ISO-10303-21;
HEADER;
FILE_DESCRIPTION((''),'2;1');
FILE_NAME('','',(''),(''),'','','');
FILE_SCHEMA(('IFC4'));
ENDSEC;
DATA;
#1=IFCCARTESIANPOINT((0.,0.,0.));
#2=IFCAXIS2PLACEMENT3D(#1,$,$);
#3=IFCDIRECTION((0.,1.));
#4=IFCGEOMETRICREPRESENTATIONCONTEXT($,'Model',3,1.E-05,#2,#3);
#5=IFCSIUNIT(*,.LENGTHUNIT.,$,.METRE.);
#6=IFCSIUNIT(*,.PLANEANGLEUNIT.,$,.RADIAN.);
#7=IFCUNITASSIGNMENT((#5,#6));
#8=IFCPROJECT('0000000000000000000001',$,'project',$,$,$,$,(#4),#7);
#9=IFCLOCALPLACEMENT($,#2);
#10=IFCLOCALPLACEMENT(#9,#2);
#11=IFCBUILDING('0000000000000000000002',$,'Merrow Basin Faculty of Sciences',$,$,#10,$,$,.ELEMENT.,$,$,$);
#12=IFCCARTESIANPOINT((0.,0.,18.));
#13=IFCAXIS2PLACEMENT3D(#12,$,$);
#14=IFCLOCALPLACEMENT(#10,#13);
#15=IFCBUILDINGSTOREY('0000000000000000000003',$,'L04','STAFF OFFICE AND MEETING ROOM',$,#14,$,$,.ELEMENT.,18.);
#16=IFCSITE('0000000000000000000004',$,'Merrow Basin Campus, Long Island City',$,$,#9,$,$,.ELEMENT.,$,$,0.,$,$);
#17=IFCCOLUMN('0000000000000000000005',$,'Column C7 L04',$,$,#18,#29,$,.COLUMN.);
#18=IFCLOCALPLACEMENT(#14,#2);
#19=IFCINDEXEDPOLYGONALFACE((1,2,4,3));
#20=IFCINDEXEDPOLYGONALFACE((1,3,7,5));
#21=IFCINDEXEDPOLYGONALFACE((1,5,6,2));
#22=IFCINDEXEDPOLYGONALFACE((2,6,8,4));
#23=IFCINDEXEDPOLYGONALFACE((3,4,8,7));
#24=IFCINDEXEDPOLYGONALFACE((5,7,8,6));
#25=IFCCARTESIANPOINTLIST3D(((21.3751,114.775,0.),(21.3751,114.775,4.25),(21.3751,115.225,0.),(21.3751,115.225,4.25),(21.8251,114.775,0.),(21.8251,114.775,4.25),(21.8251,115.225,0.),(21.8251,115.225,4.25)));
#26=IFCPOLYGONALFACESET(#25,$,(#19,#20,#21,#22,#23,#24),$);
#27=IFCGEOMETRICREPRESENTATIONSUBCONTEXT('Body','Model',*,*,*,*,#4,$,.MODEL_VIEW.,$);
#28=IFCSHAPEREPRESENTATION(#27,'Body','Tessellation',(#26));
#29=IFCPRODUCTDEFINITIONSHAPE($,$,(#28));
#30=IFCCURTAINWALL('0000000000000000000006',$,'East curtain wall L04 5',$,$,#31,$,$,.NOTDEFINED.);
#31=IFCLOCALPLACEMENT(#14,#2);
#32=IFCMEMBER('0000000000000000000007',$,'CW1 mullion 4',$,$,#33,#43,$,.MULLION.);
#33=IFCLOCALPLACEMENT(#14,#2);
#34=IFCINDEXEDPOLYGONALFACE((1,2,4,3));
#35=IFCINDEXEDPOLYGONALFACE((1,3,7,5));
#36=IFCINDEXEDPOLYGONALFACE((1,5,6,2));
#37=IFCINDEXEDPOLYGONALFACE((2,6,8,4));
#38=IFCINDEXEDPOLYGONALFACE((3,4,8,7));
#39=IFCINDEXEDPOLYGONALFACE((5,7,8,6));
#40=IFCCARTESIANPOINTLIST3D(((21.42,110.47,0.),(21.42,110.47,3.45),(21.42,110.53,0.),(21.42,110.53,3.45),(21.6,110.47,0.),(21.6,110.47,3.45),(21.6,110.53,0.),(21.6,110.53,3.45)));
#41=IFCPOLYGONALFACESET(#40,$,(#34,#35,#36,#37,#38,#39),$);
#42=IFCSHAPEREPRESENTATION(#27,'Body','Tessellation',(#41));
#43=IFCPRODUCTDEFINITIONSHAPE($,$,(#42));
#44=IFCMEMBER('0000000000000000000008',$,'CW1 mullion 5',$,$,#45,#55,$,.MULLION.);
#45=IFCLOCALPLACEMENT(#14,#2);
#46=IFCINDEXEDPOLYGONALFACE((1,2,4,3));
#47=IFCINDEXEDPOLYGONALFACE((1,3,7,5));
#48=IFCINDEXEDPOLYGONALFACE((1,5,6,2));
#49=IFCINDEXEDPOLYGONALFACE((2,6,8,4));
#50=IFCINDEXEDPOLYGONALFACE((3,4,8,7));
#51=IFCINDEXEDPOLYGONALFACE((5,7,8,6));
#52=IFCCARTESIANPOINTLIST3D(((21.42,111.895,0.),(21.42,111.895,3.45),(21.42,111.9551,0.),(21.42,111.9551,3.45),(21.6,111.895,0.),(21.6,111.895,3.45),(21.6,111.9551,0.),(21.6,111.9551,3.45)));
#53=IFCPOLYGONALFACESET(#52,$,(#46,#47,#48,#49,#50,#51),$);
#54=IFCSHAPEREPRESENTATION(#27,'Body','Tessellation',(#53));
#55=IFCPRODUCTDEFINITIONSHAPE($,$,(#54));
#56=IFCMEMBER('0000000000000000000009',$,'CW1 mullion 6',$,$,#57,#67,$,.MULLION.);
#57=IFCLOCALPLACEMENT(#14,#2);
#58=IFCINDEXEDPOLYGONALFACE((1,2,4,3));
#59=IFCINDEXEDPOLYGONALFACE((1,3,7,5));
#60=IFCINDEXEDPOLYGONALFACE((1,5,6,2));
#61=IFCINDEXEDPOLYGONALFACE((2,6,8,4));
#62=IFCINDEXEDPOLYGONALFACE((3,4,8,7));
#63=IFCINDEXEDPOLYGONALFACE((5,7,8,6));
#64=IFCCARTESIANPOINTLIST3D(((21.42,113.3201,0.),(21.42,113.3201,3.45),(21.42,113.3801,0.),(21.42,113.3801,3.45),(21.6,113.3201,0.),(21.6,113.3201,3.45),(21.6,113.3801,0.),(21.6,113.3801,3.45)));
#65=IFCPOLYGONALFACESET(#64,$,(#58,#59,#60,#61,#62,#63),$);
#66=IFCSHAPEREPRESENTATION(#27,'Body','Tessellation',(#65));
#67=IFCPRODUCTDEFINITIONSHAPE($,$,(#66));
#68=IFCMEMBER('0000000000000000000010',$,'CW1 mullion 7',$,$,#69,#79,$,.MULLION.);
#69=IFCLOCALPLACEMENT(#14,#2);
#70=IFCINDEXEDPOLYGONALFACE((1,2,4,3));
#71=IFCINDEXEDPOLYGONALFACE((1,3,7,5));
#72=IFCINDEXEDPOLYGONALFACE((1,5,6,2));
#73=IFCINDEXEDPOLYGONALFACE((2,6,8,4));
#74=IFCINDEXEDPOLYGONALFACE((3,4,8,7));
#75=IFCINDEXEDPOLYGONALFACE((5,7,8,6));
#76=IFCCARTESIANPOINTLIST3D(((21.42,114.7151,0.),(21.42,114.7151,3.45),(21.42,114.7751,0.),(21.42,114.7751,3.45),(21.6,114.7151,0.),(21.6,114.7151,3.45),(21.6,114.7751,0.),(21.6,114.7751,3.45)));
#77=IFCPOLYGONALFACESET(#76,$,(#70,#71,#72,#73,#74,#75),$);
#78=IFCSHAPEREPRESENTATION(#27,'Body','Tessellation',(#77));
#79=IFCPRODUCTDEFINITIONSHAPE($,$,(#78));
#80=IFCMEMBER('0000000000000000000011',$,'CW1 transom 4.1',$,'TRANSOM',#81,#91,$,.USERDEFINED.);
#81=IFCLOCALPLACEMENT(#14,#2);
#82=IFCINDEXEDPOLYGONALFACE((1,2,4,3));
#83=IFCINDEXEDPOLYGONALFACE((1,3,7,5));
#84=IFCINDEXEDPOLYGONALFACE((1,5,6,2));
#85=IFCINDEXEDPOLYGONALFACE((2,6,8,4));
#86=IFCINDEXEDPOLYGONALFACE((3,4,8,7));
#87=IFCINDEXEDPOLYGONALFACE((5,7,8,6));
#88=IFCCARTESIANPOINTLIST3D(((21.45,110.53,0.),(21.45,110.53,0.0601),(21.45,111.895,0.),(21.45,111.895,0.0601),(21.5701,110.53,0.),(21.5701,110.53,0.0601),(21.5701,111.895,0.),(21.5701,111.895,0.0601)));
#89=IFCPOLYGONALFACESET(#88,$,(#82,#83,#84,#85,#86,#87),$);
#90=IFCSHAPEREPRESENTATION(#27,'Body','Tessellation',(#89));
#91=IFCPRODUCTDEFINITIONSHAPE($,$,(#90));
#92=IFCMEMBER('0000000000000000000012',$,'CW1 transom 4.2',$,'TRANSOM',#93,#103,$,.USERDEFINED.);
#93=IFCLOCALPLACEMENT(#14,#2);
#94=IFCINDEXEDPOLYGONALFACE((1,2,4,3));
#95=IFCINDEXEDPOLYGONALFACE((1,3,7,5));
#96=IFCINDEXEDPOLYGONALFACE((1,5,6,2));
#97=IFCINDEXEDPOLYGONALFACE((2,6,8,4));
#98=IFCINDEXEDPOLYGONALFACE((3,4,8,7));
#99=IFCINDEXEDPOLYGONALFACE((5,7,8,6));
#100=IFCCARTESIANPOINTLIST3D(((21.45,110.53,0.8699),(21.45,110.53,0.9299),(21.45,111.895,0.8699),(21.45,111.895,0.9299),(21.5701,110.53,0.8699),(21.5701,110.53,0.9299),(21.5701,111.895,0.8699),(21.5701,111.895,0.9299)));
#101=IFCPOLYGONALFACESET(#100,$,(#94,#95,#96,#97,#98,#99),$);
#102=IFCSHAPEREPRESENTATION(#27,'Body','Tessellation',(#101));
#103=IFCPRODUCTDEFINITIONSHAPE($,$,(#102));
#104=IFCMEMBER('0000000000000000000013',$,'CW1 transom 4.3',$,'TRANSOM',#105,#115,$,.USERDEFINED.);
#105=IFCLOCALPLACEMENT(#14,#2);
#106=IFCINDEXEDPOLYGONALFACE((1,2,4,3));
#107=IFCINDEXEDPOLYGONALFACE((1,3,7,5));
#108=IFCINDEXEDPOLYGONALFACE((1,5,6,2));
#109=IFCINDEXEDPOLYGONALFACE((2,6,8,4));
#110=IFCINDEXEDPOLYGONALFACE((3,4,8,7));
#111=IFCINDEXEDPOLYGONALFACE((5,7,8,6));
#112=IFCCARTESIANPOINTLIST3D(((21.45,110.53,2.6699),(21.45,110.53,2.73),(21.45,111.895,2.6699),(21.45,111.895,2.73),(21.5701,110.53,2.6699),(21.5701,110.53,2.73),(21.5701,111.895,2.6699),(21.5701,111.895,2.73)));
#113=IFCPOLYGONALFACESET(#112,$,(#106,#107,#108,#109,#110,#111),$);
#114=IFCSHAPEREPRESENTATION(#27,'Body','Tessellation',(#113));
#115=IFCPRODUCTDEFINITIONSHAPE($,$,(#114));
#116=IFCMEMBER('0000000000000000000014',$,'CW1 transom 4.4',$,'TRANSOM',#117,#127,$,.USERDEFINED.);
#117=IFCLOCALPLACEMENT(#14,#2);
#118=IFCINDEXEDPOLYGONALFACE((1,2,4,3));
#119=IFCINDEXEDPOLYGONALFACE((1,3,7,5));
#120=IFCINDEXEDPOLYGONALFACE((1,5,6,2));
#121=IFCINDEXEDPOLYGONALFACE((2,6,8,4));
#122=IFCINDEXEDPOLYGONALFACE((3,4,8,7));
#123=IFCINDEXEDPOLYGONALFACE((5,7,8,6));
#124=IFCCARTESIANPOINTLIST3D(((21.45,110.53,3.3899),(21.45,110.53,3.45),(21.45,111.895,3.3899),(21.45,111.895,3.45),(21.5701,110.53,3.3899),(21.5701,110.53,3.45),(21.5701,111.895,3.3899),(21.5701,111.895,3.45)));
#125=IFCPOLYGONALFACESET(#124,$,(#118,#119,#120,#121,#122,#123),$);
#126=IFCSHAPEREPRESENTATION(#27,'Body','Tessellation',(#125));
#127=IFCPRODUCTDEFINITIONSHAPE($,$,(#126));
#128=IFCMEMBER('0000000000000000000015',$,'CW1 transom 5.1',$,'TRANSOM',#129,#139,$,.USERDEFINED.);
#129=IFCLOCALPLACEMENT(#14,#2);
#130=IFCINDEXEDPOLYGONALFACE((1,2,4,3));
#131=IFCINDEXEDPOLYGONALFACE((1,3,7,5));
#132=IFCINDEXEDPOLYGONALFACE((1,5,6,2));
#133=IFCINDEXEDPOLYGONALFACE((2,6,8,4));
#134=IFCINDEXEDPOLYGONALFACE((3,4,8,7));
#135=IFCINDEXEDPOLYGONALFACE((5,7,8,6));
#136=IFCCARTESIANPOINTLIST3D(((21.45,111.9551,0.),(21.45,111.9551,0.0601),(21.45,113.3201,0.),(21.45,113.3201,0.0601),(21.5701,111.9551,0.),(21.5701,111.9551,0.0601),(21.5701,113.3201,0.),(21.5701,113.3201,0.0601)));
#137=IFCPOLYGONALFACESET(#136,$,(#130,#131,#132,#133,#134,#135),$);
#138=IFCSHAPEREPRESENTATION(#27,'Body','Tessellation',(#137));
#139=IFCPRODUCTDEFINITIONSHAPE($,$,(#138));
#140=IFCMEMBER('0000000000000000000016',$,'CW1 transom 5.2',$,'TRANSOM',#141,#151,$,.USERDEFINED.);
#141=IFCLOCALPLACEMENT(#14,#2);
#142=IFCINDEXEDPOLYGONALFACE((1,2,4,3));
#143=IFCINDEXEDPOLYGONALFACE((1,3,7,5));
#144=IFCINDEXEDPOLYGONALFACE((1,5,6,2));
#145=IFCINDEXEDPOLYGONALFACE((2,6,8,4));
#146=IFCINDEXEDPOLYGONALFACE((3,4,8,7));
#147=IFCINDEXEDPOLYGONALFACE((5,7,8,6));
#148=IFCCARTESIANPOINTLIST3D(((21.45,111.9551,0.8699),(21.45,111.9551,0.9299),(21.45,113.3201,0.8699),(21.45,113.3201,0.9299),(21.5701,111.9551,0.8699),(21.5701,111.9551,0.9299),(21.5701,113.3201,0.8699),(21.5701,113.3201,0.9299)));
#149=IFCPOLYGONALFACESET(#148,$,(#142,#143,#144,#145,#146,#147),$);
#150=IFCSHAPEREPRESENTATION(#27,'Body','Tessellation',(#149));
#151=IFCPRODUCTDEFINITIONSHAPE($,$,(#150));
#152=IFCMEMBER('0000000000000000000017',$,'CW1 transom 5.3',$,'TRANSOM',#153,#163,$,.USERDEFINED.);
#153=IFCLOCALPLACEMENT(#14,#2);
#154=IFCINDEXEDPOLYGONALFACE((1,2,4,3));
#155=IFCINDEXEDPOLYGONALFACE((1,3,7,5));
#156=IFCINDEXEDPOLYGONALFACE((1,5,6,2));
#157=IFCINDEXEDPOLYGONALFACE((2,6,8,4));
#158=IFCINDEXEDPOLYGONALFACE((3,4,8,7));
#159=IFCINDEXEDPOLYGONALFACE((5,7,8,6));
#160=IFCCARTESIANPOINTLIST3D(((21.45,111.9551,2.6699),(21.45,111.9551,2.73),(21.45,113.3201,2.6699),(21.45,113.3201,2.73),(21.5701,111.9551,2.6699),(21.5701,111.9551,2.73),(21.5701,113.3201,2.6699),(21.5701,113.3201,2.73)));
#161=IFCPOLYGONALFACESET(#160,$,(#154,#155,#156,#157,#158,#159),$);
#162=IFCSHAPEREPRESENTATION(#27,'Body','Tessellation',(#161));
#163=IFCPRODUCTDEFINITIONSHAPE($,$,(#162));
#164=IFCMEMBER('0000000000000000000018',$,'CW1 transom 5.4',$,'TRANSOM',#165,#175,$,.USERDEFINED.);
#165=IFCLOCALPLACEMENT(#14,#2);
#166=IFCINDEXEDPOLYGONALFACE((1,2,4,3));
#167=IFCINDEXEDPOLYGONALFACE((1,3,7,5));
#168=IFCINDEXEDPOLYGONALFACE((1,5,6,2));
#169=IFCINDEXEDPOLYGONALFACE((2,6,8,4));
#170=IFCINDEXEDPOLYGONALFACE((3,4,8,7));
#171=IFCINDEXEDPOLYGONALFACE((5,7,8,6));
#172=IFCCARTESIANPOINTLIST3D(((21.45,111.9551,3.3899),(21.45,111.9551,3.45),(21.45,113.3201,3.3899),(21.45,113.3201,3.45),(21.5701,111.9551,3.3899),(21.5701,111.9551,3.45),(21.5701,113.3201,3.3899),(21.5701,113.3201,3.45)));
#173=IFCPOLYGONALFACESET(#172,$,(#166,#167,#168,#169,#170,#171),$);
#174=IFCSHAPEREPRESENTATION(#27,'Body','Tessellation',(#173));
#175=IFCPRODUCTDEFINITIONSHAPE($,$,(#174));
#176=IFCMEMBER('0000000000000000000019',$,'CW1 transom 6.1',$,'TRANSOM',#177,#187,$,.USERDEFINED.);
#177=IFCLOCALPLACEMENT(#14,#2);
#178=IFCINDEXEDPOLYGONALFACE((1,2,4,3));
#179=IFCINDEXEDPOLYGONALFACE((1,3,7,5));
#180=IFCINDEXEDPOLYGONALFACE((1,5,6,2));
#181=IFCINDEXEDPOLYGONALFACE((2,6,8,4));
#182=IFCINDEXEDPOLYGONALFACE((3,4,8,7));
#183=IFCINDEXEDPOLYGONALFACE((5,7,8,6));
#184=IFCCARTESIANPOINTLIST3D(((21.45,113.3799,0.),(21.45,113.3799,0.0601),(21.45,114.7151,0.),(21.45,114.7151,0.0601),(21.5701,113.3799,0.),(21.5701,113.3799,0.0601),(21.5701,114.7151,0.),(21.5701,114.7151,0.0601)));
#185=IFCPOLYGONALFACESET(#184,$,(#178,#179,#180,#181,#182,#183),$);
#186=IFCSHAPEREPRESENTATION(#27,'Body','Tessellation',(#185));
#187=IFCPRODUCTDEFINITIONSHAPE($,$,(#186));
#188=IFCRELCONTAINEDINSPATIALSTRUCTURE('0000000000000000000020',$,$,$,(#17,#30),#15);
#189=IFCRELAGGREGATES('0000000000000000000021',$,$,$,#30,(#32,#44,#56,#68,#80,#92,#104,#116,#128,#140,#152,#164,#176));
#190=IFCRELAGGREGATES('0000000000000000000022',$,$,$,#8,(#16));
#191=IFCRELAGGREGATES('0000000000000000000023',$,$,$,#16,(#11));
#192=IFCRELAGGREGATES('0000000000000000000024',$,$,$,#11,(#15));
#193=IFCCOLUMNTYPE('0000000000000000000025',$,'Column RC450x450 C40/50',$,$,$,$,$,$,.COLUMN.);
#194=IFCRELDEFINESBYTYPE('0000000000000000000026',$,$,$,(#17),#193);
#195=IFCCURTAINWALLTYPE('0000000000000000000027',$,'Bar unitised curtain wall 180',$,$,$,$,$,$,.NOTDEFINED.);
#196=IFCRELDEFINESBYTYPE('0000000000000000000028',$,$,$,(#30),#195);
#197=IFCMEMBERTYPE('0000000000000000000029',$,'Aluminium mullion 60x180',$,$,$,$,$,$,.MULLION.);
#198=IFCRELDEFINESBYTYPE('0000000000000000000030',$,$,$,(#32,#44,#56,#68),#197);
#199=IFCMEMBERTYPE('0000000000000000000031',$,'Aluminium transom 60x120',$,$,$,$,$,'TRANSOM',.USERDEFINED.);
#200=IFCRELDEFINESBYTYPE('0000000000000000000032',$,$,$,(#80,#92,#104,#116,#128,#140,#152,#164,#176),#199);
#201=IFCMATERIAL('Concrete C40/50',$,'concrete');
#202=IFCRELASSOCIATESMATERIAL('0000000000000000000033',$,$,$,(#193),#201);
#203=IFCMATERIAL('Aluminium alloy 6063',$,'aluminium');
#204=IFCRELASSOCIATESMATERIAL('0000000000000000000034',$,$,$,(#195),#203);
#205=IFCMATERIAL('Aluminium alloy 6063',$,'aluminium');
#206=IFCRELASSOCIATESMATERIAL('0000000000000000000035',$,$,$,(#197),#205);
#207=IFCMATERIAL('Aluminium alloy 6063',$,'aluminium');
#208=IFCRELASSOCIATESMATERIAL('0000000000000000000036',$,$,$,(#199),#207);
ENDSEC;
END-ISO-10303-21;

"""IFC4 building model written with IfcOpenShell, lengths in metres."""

from ifc_helpers import new_model, si_unit, direction, frame, origin, origin_2d, place, context, subcontext, project, spatial, rectangle, extrude, material, material_profile, profile_set, type_object, element, aggregate, save


model = new_model("IFC4")

# Units and contexts
model_context = context("Model", 3, precision=1e-05, world=origin(), true_north=direction((0.0, 1.0)))
body_context = subcontext(model_context, "Body", "Model", "MODEL_VIEW")
ifc_project = project(units=[si_unit("LENGTHUNIT", "METRE"), si_unit("PLANEANGLEUNIT", "RADIAN")], contexts=[model_context])

# Site, building, storey
site_placement = place(None, origin())
site = spatial("IfcSite", under=ifc_project, at=site_placement, Name="Merrow Basin Campus, Long Island City", CompositionType="ELEMENT", RefElevation=0.0)
building_placement = place(site_placement, origin())
building = spatial("IfcBuilding", under=site, at=building_placement, Name="Merrow Basin Faculty of Sciences", CompositionType="ELEMENT")
storey_placement = place(building_placement, frame((0.0, 0.0, 18.0)))
storey = spatial("IfcBuildingStorey", under=building, at=storey_placement, Name="L04", Description="STAFF OFFICE AND MEETING ROOM", CompositionType="ELEMENT", Elevation=18.0)

# Column
ifc_material_1 = material(Name="Concrete C40/50", Category="concrete")
ifc_material_profile_1 = material_profile(ifc_material_1, rectangle(XDim=0.45, YDim=0.45, at=origin_2d()))
ifc_profile_set_1 = profile_set([ifc_material_profile_1], Name="Concrete C40/50")
column_type = type_object("IfcColumnType", Name="Column RC450x450 C40/50", PredefinedType="COLUMN", material=ifc_profile_set_1)
column_placement = place(storey_placement, frame((21.6001, 115.0, 0.0), z_axis=(0.0, 0.0, 1.0), x_axis=(1.0, 0.0, 0.0)))
element("IfcColumn", 1, at=column_placement, inside=storey, type_object=column_type, Name="Column C7 L04", PredefinedType="COLUMN", context=body_context, shape_type="SweptSolid", body=[
    extrude(rectangle(XDim=0.45, YDim=0.45, at=origin_2d()), origin(), (0.0, 0.0, 1.0), 4.25),
])

# Curtain wall, members
ifc_material_2 = material(Name="Aluminium alloy 6063", Category="aluminium")
curtain_wall_type = type_object("IfcCurtainWallType", Name="Bar unitised curtain wall 180", PredefinedType="NOTDEFINED", material=ifc_material_2)
curtain_wall_placement = place(storey_placement, origin())
curtain_wall = element("IfcCurtainWall", 2, at=curtain_wall_placement, inside=storey, type_object=curtain_wall_type, Name="East curtain wall L04 5", PredefinedType="NOTDEFINED")
ifc_material_3 = material(Name="Aluminium alloy 6063", Category="aluminium")
ifc_material_profile_2 = material_profile(ifc_material_3, rectangle(XDim=0.1799, YDim=0.0601, at=origin_2d()))
ifc_profile_set_2 = profile_set([ifc_material_profile_2], Name="Aluminium alloy 6063")
member_type_1 = type_object("IfcMemberType", Name="Aluminium mullion 60x180", PredefinedType="MULLION", material=ifc_profile_set_2)
member_1_placement = place(storey_placement, frame((21.51, 110.5, 0.0), z_axis=(0.0, 0.0, 1.0), x_axis=(-1.0, 0.0, 0.0)))
member_1 = element("IfcMember", 3, at=member_1_placement, type_object=member_type_1, Name="CW1 mullion 4", PredefinedType="MULLION", context=body_context, shape_type="SweptSolid", body=[
    extrude(rectangle(XDim=0.1799, YDim=0.0601, at=origin_2d()), origin(), (0.0, 0.0, 1.0), 3.45),
])
member_2_placement = place(storey_placement, frame((21.51, 111.925, 0.0), z_axis=(0.0, 0.0, 1.0), x_axis=(-1.0, 0.0, 0.0)))
member_2 = element("IfcMember", 4, at=member_2_placement, type_object=member_type_1, Name="CW1 mullion 5", PredefinedType="MULLION", context=body_context, shape_type="SweptSolid", body=[
    extrude(rectangle(XDim=0.1799, YDim=0.0601, at=origin_2d()), origin(), (0.0, 0.0, 1.0), 3.45),
])
member_3_placement = place(storey_placement, frame((21.51, 113.3501, 0.0), z_axis=(0.0, 0.0, 1.0), x_axis=(-1.0, 0.0, 0.0)))
member_3 = element("IfcMember", 5, at=member_3_placement, type_object=member_type_1, Name="CW1 mullion 6", PredefinedType="MULLION", context=body_context, shape_type="SweptSolid", body=[
    extrude(rectangle(XDim=0.1799, YDim=0.0601, at=origin_2d()), origin(), (0.0, 0.0, 1.0), 3.45),
])
member_4_placement = place(storey_placement, frame((21.51, 114.7451, 0.0), z_axis=(0.0, 0.0, 1.0), x_axis=(-1.0, 0.0, 0.0)))
member_4 = element("IfcMember", 6, at=member_4_placement, type_object=member_type_1, Name="CW1 mullion 7", PredefinedType="MULLION", context=body_context, shape_type="SweptSolid", body=[
    extrude(rectangle(XDim=0.1799, YDim=0.0601, at=origin_2d()), origin(), (0.0, 0.0, 1.0), 3.45),
])
ifc_material_4 = material(Name="Aluminium alloy 6063", Category="aluminium")
ifc_material_profile_3 = material_profile(ifc_material_4, rectangle(XDim=0.1201, YDim=0.0601, at=origin_2d()))
ifc_profile_set_3 = profile_set([ifc_material_profile_3], Name="Aluminium alloy 6063")
member_type_2 = type_object("IfcMemberType", Name="Aluminium transom 60x120", ElementType="TRANSOM", PredefinedType="USERDEFINED", material=ifc_profile_set_3)
member_5_placement = place(storey_placement, frame((21.51, 110.53, 0.03), z_axis=(0.0, 1.0, 0.0), x_axis=(-1.0, 0.0, 0.0)))
member_5 = element("IfcMember", 7, at=member_5_placement, type_object=member_type_2, Name="CW1 transom 4.1", ObjectType="TRANSOM", PredefinedType="USERDEFINED", context=body_context, shape_type="SweptSolid", body=[
    extrude(rectangle(XDim=0.1201, YDim=0.0601, at=origin_2d()), origin(), (0.0, 0.0, 1.0), 1.365),
])
member_6_placement = place(storey_placement, frame((21.51, 110.53, 0.8999), z_axis=(0.0, 1.0, 0.0), x_axis=(-1.0, 0.0, 0.0)))
member_6 = element("IfcMember", 8, at=member_6_placement, type_object=member_type_2, Name="CW1 transom 4.2", ObjectType="TRANSOM", PredefinedType="USERDEFINED", context=body_context, shape_type="SweptSolid", body=[
    extrude(rectangle(XDim=0.1201, YDim=0.0601, at=origin_2d()), origin(), (0.0, 0.0, 1.0), 1.365),
])
member_7_placement = place(storey_placement, frame((21.51, 110.53, 2.7), z_axis=(0.0, 1.0, 0.0), x_axis=(-1.0, 0.0, 0.0)))
member_7 = element("IfcMember", 9, at=member_7_placement, type_object=member_type_2, Name="CW1 transom 4.3", ObjectType="TRANSOM", PredefinedType="USERDEFINED", context=body_context, shape_type="SweptSolid", body=[
    extrude(rectangle(XDim=0.1201, YDim=0.0601, at=origin_2d()), origin(), (0.0, 0.0, 1.0), 1.365),
])
member_8_placement = place(storey_placement, frame((21.51, 110.53, 3.4199), z_axis=(0.0, 1.0, 0.0), x_axis=(-1.0, 0.0, 0.0)))
member_8 = element("IfcMember", 10, at=member_8_placement, type_object=member_type_2, Name="CW1 transom 4.4", ObjectType="TRANSOM", PredefinedType="USERDEFINED", context=body_context, shape_type="SweptSolid", body=[
    extrude(rectangle(XDim=0.1201, YDim=0.0601, at=origin_2d()), origin(), (0.0, 0.0, 1.0), 1.365),
])
member_9_placement = place(storey_placement, frame((21.51, 111.9551, 0.03), z_axis=(0.0, 1.0, 0.0), x_axis=(-1.0, 0.0, 0.0)))
member_9 = element("IfcMember", 11, at=member_9_placement, type_object=member_type_2, Name="CW1 transom 5.1", ObjectType="TRANSOM", PredefinedType="USERDEFINED", context=body_context, shape_type="SweptSolid", body=[
    extrude(rectangle(XDim=0.1201, YDim=0.0601, at=origin_2d()), origin(), (0.0, 0.0, 1.0), 1.365),
])
member_10_placement = place(storey_placement, frame((21.51, 111.9551, 0.8999), z_axis=(0.0, 1.0, 0.0), x_axis=(-1.0, 0.0, 0.0)))
member_10 = element("IfcMember", 12, at=member_10_placement, type_object=member_type_2, Name="CW1 transom 5.2", ObjectType="TRANSOM", PredefinedType="USERDEFINED", context=body_context, shape_type="SweptSolid", body=[
    extrude(rectangle(XDim=0.1201, YDim=0.0601, at=origin_2d()), origin(), (0.0, 0.0, 1.0), 1.365),
])
member_11_placement = place(storey_placement, frame((21.51, 111.9551, 2.7), z_axis=(0.0, 1.0, 0.0), x_axis=(-1.0, 0.0, 0.0)))
member_11 = element("IfcMember", 13, at=member_11_placement, type_object=member_type_2, Name="CW1 transom 5.3", ObjectType="TRANSOM", PredefinedType="USERDEFINED", context=body_context, shape_type="SweptSolid", body=[
    extrude(rectangle(XDim=0.1201, YDim=0.0601, at=origin_2d()), origin(), (0.0, 0.0, 1.0), 1.365),
])
member_12_placement = place(storey_placement, frame((21.51, 111.9551, 3.4199), z_axis=(0.0, 1.0, 0.0), x_axis=(-1.0, 0.0, 0.0)))
member_12 = element("IfcMember", 14, at=member_12_placement, type_object=member_type_2, Name="CW1 transom 5.4", ObjectType="TRANSOM", PredefinedType="USERDEFINED", context=body_context, shape_type="SweptSolid", body=[
    extrude(rectangle(XDim=0.1201, YDim=0.0601, at=origin_2d()), origin(), (0.0, 0.0, 1.0), 1.365),
])
member_13_placement = place(storey_placement, frame((21.51, 113.3799, 0.03), z_axis=(0.0, 1.0, 0.0), x_axis=(-1.0, 0.0, 0.0)))
member_13 = element("IfcMember", 15, at=member_13_placement, type_object=member_type_2, Name="CW1 transom 6.1", ObjectType="TRANSOM", PredefinedType="USERDEFINED", context=body_context, shape_type="SweptSolid", body=[
    extrude(rectangle(XDim=0.1201, YDim=0.0601, at=origin_2d()), origin(), (0.0, 0.0, 1.0), 1.3352),
])
aggregate(curtain_wall, [member_1, member_2, member_3, member_4, member_5, member_6, member_7, member_8, member_9, member_10, member_11, member_12, member_13])

save(model, "model.ifc")
